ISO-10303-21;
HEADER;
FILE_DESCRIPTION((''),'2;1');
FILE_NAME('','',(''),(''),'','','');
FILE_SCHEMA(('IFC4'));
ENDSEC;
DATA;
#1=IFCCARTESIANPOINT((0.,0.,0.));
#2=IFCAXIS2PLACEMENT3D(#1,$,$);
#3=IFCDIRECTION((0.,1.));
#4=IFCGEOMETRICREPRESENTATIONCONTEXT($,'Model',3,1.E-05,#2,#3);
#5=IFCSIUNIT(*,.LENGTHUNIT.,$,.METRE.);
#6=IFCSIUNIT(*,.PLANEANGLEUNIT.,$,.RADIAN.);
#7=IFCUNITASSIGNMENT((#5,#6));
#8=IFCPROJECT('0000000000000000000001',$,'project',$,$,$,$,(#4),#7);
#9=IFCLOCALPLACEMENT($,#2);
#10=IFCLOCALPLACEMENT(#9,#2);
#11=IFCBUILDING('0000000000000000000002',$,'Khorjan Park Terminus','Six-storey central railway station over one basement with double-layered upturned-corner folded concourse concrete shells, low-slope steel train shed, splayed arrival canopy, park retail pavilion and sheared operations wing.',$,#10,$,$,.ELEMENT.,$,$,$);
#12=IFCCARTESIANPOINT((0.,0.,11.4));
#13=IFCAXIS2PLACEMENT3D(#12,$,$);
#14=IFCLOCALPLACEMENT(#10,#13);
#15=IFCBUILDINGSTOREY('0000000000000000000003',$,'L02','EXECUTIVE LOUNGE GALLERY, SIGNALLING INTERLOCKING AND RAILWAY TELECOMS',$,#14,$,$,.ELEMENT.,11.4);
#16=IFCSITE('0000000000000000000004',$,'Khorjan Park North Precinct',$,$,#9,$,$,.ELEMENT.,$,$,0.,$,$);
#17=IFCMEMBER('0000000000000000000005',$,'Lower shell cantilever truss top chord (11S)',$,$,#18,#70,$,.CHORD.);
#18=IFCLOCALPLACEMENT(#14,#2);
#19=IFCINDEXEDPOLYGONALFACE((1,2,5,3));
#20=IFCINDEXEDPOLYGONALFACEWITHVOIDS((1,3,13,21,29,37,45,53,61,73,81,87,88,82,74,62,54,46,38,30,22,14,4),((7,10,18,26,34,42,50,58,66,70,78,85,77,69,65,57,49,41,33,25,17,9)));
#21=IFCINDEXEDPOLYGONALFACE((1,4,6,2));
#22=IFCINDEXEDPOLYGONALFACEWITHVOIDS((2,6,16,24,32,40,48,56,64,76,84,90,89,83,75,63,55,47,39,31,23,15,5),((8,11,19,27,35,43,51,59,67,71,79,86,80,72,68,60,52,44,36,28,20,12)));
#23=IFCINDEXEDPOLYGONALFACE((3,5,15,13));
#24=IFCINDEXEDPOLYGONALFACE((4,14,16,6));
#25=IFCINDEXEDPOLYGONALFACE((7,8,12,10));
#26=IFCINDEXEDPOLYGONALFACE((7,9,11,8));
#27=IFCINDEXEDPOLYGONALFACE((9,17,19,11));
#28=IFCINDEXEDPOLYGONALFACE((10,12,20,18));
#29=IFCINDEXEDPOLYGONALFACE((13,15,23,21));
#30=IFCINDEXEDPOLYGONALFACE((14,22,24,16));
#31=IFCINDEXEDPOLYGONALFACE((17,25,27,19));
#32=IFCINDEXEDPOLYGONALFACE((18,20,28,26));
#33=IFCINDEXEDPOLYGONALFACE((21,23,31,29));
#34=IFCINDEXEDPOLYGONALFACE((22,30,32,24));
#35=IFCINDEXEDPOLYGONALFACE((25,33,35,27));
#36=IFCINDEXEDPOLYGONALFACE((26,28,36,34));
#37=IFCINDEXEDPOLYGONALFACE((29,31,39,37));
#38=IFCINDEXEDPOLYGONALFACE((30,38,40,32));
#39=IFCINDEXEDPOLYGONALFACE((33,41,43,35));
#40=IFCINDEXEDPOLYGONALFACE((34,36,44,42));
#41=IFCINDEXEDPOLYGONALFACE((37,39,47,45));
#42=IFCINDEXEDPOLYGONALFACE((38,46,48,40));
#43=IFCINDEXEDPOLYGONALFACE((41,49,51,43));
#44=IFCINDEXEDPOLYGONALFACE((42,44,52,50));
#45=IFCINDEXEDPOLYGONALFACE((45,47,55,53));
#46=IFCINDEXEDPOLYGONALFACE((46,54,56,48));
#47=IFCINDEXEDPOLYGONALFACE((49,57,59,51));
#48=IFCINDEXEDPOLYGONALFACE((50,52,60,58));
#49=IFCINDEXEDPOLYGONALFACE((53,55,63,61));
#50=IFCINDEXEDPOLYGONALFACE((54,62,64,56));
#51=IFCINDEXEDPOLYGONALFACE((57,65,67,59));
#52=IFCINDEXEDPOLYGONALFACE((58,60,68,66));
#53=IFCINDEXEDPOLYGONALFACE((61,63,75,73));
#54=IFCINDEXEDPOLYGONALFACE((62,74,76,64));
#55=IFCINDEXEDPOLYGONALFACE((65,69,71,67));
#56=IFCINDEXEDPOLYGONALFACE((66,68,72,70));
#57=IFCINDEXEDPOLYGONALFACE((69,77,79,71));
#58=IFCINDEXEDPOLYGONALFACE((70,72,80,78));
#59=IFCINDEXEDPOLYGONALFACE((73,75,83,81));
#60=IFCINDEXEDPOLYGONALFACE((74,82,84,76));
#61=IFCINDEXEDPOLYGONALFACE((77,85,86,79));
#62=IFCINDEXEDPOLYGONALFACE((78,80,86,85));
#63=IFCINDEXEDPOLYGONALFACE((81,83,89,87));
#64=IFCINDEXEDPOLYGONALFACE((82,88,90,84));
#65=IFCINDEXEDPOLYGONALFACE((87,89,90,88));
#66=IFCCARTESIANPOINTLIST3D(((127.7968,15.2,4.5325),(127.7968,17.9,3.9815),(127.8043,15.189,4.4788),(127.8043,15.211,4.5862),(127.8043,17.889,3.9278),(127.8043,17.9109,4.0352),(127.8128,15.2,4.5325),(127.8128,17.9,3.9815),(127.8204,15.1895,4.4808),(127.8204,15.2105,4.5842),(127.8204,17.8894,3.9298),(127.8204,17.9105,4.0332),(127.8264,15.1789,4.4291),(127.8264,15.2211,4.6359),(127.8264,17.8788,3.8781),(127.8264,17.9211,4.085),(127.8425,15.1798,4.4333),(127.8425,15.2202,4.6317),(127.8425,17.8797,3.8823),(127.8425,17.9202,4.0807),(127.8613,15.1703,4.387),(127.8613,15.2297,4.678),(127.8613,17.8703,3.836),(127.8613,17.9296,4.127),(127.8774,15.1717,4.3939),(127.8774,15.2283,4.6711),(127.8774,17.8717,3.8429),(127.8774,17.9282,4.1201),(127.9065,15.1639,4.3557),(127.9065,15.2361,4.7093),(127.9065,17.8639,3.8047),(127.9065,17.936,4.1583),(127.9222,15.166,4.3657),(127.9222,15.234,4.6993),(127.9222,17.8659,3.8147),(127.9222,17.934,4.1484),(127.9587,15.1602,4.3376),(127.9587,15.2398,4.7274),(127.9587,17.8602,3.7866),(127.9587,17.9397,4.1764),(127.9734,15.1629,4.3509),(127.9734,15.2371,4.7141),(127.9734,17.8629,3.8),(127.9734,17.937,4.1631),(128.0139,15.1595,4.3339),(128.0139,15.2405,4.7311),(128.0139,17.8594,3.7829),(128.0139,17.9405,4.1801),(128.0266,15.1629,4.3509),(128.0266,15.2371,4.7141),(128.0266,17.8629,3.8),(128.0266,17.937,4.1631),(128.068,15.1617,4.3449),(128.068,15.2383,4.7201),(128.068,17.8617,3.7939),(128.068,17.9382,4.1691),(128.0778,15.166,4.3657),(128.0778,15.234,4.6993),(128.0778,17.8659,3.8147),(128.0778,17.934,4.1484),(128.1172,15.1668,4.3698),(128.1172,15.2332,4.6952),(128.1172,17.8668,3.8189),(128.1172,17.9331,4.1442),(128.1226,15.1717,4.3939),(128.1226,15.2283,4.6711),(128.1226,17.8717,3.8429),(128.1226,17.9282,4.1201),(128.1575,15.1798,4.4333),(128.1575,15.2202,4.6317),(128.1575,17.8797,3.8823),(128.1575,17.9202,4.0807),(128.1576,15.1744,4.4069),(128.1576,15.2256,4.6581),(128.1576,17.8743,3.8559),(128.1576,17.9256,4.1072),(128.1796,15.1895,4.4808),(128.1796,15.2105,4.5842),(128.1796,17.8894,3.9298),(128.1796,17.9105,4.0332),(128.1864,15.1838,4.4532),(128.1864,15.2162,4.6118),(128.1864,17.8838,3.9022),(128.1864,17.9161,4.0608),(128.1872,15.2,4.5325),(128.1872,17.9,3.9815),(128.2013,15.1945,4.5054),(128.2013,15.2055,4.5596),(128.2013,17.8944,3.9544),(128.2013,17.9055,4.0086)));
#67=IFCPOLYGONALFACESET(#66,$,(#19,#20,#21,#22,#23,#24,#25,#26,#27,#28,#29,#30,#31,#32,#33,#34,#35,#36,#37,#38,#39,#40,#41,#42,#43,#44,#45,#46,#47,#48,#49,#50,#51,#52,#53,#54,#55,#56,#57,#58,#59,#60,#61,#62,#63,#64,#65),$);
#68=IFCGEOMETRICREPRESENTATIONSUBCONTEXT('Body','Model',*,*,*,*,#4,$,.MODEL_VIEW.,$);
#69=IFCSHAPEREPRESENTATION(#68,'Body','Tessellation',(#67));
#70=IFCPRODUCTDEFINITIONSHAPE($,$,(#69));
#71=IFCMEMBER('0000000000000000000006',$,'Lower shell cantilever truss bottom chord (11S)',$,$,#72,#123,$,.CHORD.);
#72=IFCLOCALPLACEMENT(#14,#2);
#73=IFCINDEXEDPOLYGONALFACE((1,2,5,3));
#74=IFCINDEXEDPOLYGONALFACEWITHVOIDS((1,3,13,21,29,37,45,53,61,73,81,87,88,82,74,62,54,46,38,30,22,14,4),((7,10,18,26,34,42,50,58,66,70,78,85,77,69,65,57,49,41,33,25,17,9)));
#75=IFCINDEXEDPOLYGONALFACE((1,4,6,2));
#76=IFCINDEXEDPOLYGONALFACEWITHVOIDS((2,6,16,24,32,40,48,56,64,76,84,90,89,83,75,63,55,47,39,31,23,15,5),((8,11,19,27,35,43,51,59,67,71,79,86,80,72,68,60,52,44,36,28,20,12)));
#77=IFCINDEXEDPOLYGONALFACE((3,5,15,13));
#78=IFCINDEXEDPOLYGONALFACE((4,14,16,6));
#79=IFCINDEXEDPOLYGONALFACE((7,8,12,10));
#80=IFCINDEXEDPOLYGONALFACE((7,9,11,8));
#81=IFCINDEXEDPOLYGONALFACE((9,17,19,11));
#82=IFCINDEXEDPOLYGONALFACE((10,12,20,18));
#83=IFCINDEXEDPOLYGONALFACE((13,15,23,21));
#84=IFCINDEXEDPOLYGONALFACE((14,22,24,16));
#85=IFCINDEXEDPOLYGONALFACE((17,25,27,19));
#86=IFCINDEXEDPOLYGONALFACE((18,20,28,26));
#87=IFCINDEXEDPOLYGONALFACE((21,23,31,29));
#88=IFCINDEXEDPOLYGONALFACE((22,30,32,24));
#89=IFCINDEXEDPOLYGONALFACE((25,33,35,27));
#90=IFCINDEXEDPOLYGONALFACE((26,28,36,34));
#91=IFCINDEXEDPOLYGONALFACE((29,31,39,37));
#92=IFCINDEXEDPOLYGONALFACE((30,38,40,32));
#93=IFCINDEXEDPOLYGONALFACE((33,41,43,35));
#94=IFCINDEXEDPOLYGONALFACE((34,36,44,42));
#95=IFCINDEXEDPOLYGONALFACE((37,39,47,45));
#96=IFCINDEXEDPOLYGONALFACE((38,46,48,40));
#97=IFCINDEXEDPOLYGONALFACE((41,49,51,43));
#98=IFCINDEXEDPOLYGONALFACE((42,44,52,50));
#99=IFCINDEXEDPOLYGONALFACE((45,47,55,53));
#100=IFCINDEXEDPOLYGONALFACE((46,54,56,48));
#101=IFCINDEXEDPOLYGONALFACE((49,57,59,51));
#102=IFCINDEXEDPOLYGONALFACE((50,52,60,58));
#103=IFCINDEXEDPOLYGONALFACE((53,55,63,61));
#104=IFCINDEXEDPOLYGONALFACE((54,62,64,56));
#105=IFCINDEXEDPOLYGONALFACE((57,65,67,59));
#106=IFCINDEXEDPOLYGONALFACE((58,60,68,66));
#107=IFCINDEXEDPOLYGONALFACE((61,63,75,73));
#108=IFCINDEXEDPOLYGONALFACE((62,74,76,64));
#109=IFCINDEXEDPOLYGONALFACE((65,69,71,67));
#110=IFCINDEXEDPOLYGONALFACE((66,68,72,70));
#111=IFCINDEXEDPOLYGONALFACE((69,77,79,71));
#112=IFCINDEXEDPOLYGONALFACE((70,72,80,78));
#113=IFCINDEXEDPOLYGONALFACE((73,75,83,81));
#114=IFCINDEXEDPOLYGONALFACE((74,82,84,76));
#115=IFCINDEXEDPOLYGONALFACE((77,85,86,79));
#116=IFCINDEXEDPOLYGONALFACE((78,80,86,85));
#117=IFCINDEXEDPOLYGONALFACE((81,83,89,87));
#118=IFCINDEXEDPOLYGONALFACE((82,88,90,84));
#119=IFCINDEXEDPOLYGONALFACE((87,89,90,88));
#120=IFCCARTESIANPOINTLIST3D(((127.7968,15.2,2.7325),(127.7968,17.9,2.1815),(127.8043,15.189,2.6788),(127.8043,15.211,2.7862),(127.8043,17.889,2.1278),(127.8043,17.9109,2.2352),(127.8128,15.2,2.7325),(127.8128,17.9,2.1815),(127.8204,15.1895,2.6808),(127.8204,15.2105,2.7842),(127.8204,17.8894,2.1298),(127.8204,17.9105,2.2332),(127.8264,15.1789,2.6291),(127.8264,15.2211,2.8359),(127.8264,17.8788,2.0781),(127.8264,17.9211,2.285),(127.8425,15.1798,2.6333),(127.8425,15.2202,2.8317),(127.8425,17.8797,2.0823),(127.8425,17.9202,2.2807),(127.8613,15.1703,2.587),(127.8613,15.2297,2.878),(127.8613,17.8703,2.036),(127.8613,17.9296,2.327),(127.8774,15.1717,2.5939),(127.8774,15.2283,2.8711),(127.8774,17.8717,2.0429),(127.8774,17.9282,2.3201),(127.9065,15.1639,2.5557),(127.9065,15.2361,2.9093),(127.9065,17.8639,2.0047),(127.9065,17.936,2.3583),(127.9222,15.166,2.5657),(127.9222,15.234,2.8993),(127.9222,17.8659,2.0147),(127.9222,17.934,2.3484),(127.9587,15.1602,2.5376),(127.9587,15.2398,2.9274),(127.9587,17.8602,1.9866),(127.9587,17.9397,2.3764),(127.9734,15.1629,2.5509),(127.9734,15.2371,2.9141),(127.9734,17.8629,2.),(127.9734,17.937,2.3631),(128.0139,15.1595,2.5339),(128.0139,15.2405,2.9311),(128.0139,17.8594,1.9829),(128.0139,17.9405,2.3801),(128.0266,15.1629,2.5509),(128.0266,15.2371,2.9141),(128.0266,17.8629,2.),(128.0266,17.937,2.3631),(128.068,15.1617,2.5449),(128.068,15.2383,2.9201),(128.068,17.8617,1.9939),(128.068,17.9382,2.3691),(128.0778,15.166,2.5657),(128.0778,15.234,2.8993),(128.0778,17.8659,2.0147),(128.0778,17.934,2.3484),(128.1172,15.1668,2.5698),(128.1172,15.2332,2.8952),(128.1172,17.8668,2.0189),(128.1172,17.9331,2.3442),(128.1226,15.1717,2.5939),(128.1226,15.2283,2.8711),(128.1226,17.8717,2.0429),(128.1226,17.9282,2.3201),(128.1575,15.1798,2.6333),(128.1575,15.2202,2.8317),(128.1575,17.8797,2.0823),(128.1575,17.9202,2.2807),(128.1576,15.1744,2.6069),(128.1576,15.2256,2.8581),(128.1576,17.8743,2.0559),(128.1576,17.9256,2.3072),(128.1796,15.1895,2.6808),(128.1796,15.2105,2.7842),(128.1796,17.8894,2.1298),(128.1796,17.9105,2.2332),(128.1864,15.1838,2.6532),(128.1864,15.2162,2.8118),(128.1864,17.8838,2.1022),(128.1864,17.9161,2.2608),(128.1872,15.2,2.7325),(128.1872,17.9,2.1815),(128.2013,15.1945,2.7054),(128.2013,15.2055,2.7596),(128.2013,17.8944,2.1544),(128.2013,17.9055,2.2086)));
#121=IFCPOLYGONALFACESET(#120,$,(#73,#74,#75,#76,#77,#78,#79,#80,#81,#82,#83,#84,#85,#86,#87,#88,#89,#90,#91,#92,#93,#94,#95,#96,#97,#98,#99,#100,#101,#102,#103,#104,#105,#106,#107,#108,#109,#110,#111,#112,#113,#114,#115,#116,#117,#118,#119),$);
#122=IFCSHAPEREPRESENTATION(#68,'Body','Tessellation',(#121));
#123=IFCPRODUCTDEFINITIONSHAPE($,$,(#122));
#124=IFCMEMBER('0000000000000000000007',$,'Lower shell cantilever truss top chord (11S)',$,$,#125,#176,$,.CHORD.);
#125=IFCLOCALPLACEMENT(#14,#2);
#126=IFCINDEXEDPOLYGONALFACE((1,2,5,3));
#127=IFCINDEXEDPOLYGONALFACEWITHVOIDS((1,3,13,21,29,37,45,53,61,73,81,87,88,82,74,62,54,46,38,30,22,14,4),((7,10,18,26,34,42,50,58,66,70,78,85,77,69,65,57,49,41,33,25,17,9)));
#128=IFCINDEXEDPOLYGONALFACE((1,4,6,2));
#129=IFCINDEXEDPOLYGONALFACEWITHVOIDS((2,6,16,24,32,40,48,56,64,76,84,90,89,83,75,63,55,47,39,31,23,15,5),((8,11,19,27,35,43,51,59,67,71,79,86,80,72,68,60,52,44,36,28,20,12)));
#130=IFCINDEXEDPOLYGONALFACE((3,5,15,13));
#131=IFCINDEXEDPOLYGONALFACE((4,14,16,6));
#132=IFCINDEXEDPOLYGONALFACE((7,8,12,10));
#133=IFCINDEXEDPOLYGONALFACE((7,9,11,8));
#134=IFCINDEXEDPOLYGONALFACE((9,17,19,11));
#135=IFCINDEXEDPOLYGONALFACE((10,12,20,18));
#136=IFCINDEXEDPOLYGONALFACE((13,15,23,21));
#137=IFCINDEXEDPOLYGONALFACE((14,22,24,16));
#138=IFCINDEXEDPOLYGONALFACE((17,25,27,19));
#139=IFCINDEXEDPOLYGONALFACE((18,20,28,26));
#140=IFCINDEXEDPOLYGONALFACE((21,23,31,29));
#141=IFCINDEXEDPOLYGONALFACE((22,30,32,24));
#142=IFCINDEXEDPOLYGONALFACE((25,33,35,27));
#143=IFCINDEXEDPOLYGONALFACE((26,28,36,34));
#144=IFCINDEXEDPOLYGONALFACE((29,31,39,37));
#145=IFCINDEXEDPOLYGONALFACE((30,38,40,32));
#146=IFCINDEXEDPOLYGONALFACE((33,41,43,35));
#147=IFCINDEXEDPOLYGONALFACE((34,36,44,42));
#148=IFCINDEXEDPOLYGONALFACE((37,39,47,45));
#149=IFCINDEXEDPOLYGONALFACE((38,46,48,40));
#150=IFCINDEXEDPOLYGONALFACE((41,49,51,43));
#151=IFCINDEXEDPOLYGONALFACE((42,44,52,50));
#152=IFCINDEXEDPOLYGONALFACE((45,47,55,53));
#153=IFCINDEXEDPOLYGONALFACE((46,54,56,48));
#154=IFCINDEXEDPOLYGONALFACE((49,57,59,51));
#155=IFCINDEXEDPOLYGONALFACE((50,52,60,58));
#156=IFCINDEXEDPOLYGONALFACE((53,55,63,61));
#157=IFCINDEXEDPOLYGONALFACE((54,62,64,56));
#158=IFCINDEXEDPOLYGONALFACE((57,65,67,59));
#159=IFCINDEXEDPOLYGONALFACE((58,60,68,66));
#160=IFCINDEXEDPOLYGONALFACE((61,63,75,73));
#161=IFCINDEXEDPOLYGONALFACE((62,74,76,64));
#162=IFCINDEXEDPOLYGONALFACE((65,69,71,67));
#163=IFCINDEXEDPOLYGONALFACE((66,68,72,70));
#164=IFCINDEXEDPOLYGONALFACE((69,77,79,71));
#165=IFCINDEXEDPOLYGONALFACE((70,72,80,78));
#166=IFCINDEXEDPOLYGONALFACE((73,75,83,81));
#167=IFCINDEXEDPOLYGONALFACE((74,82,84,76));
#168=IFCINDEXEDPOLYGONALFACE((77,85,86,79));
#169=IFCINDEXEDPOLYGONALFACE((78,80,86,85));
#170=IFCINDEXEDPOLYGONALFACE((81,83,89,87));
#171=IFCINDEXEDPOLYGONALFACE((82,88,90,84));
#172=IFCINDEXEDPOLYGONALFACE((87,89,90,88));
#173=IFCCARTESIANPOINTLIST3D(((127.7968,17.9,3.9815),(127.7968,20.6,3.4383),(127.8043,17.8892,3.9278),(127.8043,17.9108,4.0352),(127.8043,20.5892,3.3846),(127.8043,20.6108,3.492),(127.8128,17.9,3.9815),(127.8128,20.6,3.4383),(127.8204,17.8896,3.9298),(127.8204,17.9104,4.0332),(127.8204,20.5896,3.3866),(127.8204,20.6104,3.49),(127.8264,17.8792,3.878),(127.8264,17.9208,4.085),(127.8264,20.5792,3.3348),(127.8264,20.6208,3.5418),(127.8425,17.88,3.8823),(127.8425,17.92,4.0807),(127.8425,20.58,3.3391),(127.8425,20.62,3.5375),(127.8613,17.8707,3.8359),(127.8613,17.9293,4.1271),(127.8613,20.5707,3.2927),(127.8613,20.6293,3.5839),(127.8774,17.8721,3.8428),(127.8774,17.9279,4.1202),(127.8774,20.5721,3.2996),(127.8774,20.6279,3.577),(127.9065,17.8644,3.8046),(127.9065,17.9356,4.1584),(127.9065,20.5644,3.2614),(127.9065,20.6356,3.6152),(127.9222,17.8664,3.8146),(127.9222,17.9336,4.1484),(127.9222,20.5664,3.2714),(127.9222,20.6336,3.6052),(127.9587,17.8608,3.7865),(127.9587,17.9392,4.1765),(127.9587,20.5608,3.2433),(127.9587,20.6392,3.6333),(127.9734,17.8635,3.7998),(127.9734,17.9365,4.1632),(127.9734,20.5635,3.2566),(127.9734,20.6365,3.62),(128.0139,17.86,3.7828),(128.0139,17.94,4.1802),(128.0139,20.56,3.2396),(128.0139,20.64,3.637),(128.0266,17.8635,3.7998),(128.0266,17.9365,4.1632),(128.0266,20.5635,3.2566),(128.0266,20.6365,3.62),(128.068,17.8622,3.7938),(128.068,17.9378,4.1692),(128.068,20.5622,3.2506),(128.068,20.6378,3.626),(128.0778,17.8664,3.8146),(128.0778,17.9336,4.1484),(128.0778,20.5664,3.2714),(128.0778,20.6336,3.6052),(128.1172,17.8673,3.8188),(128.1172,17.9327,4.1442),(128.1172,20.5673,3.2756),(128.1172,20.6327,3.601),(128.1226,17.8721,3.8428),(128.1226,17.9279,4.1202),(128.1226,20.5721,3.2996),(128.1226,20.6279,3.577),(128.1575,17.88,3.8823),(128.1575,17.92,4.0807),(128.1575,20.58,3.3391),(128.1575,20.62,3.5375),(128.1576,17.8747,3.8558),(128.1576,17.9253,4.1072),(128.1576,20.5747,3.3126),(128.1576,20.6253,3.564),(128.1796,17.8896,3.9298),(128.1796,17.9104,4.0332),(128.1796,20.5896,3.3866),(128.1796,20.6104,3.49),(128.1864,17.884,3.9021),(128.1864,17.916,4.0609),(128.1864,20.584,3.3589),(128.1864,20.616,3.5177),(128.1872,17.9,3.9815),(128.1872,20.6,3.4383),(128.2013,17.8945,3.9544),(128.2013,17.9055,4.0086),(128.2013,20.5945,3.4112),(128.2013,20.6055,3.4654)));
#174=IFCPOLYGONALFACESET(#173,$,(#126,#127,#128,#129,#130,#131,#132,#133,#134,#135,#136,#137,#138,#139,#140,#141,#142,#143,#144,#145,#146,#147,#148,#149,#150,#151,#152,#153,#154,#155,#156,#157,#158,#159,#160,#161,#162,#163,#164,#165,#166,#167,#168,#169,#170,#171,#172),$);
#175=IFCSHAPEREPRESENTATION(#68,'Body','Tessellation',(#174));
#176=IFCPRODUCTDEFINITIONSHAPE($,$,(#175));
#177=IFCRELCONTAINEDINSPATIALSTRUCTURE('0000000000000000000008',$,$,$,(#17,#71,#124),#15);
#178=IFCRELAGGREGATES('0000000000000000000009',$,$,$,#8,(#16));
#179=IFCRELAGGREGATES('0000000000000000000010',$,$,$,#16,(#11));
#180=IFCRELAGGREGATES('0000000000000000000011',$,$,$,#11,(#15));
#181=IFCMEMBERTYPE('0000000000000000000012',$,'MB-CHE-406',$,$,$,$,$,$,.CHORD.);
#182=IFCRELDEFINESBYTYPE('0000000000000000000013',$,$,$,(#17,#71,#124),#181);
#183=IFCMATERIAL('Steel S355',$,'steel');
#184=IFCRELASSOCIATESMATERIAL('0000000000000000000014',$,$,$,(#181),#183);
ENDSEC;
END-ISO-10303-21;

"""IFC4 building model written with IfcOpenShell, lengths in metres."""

from ifc_helpers import new_model, si_unit, direction, frame, origin, origin_2d, place, context, subcontext, project, spatial, hollow_circle, extrude, material, material_profile, profile_set, type_object, element, save


model = new_model("IFC4")

# Units and contexts
model_context = context("Model", 3, precision=1e-05, world=origin(), true_north=direction((0.0, 1.0)))
body_context = subcontext(model_context, "Body", "Model", "MODEL_VIEW")
ifc_project = project(units=[si_unit("LENGTHUNIT", "METRE"), si_unit("PLANEANGLEUNIT", "RADIAN")], contexts=[model_context])

# Site, building, storey
site_placement = place(None, origin())
site = spatial("IfcSite", under=ifc_project, at=site_placement, Name="Khorjan Park North Precinct", CompositionType="ELEMENT", RefElevation=0.0)
building_placement = place(site_placement, origin())
building = spatial("IfcBuilding", under=site, at=building_placement, Name="Khorjan Park Terminus", Description="Six-storey central railway station over one basement with double-layered upturned-corner folded concourse concrete shells, low-slope steel train shed, splayed arrival canopy, park retail pavilion and sheared operations wing.", CompositionType="ELEMENT")
storey_placement = place(building_placement, frame((0.0, 0.0, 11.4)))
storey = spatial("IfcBuildingStorey", under=building, at=storey_placement, Name="L02", Description="EXECUTIVE LOUNGE GALLERY, SIGNALLING INTERLOCKING AND RAILWAY TELECOMS", CompositionType="ELEMENT", Elevation=11.4)

# Members
ifc_material_1 = material(Name="Steel S355", Category="steel")
ifc_material_profile_1 = material_profile(ifc_material_1, hollow_circle(Radius=0.2032, WallThickness=0.016, at=origin_2d()), Name="CHS 406.4x16")
ifc_profile_set_1 = profile_set([ifc_material_profile_1], Name="Steel S355")
member_type_1 = type_object("IfcMemberType", Name="MB-CHE-406", PredefinedType="CHORD", material=ifc_profile_set_1)
for number, where, z_axis, x_axis, name in (
    (1, (128.0, 15.2, 4.5325), (0.0, 0.979806, -0.199953), (-1.0, 0.0, 0.0), "Lower shell cantilever truss top chord (11S)"),
    (2, (128.0, 15.2, 2.7325), (0.0, 0.979806, -0.199953), (-1.0, 0.0, 0.0), "Lower shell cantilever truss bottom chord (11S)"),
):
    element("IfcMember", number, at=place(storey_placement, frame(where, z_axis=z_axis, x_axis=x_axis)), inside=storey, type_object=member_type_1, Name=name, PredefinedType="CHORD", context=body_context, shape_type="SweptSolid", body=[
        extrude(hollow_circle(Radius=0.2032, WallThickness=0.016, at=origin_2d()), origin(), (0.0, 0.0, 1.0), 2.7556),
    ])
for number, where, z_axis, x_axis, name in (
    (3, (128.0, 17.9, 3.9815), (0.0, 0.980357, -0.197233), (-1.0, 0.0, 0.0), "Lower shell cantilever truss top chord (11S)"),
):
    element("IfcMember", number, at=place(storey_placement, frame(where, z_axis=z_axis, x_axis=x_axis)), inside=storey, type_object=member_type_1, Name=name, PredefinedType="CHORD", context=body_context, shape_type="SweptSolid", body=[
        extrude(hollow_circle(Radius=0.2032, WallThickness=0.016, at=origin_2d()), origin(), (0.0, 0.0, 1.0), 2.7541),
    ])

save(model, "model.ifc")
